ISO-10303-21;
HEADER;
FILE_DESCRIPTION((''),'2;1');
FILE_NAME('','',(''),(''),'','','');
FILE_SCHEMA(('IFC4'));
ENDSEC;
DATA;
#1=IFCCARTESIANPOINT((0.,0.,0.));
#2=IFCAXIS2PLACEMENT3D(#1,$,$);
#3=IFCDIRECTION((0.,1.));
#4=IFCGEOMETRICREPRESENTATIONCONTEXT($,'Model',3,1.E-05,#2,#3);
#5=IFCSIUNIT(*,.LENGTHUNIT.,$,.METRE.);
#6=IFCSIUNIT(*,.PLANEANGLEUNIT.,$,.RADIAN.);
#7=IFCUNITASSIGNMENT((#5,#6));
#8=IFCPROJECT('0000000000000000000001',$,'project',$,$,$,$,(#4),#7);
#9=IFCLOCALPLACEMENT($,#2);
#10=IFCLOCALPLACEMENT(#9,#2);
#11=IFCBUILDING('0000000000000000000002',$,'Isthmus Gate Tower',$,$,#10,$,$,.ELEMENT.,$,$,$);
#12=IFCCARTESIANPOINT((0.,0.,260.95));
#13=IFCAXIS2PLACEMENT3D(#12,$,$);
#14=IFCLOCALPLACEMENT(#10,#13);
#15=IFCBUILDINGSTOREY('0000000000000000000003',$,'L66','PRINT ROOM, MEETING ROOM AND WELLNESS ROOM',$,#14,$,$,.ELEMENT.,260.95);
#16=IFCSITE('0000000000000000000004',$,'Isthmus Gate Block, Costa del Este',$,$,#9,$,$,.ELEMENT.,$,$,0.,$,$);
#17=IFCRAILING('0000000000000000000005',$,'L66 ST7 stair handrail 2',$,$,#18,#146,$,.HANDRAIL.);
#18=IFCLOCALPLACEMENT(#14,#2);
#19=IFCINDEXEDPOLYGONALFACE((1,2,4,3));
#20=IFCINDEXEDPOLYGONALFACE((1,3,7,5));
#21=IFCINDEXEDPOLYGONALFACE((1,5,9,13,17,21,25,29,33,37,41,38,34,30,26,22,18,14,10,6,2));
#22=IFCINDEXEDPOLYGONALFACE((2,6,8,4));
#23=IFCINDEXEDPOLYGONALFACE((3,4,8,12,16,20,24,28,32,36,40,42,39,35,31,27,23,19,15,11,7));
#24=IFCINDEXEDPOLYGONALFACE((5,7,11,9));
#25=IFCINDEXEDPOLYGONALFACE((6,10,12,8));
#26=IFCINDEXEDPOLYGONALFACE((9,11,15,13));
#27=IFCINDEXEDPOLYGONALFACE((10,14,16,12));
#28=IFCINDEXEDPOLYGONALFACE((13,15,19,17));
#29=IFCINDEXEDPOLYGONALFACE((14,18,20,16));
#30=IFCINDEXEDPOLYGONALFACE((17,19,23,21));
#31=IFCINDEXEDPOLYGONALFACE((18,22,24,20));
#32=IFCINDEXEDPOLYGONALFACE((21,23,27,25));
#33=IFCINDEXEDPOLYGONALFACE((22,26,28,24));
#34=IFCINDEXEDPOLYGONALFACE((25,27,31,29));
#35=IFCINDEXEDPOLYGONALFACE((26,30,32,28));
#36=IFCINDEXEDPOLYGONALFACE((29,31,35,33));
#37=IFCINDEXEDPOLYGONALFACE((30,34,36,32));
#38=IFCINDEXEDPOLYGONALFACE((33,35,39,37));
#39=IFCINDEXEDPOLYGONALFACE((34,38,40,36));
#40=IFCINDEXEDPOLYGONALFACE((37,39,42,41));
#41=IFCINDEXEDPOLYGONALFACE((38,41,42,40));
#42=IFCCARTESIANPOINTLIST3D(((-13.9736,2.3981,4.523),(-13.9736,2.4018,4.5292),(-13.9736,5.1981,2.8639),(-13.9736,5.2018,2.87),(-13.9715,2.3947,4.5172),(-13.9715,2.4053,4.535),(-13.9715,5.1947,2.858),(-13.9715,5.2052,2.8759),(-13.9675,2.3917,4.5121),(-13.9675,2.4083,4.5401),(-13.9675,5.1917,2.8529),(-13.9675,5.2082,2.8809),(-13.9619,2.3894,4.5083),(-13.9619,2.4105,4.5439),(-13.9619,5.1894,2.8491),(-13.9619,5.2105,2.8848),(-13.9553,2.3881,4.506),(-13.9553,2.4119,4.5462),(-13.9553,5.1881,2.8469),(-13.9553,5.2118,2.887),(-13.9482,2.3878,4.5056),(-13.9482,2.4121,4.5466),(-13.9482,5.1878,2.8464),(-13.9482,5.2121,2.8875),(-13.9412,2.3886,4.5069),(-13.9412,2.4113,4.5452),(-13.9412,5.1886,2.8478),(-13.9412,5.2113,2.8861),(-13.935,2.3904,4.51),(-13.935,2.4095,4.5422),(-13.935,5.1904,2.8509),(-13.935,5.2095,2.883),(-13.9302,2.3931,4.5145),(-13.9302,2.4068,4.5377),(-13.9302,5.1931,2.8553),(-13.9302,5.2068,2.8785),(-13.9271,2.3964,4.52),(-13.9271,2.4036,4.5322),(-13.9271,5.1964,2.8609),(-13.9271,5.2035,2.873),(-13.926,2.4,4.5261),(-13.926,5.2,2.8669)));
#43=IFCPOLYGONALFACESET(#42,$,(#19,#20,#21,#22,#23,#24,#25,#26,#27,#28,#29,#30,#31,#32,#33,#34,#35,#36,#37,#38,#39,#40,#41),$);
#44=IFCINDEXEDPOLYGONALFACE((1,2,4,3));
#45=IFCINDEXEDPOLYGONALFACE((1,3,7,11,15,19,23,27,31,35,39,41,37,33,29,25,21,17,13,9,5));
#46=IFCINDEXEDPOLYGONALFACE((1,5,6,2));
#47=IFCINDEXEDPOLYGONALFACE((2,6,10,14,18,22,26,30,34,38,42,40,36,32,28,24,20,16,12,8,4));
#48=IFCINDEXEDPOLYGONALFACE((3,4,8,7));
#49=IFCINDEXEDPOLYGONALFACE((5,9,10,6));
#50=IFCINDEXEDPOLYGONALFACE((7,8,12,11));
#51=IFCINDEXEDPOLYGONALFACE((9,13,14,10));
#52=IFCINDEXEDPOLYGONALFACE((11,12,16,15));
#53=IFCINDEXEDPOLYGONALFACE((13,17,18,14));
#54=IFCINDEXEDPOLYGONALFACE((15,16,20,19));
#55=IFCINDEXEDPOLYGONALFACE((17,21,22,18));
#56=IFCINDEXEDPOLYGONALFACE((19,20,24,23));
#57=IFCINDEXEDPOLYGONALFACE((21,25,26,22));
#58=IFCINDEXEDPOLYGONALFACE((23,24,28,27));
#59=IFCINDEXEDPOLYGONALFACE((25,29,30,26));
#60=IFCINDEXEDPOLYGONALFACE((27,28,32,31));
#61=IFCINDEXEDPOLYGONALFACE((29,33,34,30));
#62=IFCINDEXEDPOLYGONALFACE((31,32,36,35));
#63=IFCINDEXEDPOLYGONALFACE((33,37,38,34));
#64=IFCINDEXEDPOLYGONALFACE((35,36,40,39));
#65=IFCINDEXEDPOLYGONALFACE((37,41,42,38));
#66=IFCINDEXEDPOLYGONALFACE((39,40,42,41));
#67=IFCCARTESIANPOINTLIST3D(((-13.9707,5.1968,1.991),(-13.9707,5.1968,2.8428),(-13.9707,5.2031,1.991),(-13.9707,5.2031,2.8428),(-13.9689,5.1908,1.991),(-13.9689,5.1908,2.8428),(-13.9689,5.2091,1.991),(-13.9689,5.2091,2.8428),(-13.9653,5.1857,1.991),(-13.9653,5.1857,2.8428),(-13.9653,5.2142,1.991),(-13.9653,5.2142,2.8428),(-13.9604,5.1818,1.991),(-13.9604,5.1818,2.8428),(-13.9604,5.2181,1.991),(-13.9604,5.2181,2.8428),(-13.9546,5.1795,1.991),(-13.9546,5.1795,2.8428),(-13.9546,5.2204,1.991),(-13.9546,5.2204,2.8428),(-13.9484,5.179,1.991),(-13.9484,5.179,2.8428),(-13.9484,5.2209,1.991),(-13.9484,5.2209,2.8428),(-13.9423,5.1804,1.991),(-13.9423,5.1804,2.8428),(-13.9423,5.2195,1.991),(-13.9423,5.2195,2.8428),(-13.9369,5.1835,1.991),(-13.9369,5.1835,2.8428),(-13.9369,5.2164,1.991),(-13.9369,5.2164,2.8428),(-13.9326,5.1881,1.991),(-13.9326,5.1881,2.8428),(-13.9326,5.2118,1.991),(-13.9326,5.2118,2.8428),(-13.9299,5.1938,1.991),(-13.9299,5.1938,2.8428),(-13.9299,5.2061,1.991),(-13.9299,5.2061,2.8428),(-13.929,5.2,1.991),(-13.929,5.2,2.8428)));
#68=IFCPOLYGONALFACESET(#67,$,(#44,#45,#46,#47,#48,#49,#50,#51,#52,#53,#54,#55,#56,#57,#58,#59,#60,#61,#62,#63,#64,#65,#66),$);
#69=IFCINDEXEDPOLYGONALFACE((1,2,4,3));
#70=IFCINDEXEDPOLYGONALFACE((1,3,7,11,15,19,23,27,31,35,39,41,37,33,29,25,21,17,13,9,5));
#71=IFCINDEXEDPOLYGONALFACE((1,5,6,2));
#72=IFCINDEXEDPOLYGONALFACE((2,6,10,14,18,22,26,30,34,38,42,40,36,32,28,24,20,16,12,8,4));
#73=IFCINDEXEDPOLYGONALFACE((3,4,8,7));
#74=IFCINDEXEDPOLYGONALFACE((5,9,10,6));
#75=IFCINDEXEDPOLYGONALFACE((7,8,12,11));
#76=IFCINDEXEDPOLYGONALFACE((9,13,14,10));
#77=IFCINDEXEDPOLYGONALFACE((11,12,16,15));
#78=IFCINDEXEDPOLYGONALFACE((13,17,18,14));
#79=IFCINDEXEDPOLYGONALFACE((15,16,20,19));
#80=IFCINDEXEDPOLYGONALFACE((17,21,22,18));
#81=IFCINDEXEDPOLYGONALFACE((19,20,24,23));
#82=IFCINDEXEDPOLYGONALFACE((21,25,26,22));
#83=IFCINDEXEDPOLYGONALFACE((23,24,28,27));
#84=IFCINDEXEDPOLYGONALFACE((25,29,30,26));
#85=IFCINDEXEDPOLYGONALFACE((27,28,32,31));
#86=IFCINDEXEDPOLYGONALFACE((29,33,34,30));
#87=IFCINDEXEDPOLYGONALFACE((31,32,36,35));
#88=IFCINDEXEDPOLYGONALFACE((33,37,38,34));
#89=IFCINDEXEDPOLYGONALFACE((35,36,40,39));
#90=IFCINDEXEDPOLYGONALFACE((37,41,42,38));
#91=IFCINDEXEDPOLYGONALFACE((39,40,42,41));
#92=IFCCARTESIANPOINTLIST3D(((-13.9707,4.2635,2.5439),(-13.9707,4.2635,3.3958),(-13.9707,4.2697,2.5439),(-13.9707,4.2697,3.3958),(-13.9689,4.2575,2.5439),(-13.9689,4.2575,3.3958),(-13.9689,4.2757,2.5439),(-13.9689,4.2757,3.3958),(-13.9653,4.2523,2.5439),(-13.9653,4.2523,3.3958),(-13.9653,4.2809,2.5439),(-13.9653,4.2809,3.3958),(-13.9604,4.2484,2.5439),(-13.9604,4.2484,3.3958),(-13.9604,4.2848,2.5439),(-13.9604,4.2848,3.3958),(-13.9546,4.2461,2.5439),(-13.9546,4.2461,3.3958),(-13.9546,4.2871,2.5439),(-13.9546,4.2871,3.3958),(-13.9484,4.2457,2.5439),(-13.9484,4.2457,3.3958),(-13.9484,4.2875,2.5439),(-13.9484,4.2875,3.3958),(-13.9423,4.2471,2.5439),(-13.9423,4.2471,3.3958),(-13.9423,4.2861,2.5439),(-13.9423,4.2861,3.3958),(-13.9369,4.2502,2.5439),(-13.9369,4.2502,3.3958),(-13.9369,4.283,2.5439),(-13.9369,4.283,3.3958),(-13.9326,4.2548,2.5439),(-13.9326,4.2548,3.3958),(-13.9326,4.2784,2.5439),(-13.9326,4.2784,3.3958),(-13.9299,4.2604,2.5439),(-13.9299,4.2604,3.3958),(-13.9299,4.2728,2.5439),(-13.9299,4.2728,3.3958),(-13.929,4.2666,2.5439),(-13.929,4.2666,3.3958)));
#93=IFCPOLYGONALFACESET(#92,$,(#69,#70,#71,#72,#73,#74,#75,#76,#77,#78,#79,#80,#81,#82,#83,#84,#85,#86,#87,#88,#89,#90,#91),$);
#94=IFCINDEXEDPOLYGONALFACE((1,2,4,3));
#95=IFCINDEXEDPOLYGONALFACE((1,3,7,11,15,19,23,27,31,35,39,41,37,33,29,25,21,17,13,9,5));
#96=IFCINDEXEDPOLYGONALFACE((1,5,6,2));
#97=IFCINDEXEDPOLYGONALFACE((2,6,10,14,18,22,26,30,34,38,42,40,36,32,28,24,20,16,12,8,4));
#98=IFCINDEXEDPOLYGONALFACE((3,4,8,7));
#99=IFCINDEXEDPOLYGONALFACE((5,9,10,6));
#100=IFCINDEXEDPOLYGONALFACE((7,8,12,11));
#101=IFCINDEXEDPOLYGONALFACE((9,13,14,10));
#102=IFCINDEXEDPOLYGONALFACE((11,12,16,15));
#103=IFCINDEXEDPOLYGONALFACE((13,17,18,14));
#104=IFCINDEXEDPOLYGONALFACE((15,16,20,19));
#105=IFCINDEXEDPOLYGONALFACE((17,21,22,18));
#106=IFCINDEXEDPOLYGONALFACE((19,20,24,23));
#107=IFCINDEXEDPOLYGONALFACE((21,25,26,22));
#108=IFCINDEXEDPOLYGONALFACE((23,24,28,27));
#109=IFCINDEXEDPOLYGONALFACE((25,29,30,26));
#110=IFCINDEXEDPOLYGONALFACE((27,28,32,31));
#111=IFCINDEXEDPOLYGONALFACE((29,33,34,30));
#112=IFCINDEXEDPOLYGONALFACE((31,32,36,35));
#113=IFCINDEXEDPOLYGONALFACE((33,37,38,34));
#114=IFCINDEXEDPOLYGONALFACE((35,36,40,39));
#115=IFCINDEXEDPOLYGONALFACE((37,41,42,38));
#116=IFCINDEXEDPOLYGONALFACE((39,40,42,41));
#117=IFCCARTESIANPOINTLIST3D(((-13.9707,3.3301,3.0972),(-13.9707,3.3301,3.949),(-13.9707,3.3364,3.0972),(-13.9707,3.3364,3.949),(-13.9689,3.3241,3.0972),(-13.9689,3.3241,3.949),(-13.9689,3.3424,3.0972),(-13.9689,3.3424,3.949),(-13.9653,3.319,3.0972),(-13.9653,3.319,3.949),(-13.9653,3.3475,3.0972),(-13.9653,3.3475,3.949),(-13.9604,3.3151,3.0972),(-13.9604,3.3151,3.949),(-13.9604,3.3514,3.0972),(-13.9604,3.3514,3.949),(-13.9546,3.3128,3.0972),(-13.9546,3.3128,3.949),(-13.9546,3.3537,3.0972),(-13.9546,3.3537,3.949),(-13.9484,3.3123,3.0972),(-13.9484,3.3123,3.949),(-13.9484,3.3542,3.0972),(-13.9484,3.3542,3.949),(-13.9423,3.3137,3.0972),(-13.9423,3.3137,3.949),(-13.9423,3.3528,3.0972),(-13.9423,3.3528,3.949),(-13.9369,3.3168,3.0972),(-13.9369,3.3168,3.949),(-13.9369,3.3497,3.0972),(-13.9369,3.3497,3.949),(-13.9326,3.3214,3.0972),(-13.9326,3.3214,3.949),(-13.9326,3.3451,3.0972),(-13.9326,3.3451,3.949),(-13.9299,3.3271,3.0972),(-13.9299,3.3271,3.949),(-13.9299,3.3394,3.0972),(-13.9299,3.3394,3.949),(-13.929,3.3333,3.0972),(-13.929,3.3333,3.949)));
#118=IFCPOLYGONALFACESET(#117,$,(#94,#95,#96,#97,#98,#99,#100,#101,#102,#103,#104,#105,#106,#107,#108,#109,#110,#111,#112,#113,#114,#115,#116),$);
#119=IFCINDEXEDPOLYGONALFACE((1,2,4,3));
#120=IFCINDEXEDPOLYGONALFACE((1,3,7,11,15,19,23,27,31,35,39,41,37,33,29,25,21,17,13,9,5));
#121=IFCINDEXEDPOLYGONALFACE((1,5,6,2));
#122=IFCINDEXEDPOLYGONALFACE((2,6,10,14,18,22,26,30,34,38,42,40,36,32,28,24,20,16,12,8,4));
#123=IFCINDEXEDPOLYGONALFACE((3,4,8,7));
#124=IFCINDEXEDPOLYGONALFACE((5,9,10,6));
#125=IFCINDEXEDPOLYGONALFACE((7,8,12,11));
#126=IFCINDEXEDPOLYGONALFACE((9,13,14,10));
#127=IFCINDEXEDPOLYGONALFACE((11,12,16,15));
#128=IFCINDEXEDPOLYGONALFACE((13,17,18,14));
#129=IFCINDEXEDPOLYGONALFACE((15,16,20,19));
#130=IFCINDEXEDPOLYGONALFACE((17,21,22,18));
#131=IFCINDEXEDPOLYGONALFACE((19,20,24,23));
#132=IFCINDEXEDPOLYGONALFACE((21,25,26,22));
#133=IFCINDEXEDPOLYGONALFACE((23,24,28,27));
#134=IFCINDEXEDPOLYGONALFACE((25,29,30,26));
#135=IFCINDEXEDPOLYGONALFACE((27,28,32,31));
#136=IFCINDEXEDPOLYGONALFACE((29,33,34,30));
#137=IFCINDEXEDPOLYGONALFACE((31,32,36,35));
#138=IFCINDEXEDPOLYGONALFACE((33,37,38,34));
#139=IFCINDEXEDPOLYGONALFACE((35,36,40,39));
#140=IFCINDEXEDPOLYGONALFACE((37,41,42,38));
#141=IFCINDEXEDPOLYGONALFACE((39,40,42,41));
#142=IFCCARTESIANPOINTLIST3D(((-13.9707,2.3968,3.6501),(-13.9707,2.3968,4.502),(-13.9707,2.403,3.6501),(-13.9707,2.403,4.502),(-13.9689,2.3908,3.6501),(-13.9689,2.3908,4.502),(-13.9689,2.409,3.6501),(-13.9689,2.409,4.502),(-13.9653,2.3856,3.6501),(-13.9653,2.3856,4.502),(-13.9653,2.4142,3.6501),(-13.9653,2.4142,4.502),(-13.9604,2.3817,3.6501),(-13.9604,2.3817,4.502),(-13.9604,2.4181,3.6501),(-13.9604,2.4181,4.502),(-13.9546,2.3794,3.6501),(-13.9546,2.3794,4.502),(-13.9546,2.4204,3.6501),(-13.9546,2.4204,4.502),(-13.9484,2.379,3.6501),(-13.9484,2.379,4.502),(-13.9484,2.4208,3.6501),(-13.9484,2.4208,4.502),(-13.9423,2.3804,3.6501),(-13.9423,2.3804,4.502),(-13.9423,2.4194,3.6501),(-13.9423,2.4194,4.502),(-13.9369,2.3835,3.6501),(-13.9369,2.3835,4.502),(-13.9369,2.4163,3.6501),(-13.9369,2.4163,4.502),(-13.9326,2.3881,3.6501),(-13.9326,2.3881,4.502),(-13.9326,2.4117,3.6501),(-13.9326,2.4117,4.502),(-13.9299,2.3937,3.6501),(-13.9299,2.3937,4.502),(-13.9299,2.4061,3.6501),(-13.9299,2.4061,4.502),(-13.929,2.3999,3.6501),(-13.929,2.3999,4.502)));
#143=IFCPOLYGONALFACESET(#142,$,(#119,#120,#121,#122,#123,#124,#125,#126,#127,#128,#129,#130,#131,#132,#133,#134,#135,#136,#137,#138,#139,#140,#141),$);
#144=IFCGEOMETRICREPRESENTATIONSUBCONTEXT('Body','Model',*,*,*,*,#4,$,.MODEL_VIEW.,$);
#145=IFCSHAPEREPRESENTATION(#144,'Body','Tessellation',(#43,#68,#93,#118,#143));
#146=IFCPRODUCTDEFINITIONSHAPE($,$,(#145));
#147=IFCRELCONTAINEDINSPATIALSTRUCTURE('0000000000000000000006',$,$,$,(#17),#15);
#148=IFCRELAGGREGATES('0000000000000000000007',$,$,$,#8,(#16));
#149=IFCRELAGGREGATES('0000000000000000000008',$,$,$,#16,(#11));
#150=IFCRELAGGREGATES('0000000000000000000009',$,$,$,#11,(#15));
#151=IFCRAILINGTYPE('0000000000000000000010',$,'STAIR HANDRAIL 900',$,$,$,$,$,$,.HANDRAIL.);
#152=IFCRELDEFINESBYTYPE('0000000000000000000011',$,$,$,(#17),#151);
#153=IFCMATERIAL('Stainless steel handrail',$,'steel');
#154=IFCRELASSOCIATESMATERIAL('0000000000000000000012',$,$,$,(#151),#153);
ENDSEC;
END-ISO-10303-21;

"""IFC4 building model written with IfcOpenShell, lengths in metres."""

from ifc_helpers import new_model, si_unit, direction, frame, origin, origin_2d, place, context, subcontext, project, spatial, circle, extrude, material, type_object, element, save


model = new_model("IFC4")

# Units and contexts
model_context = context("Model", 3, precision=1e-05, world=origin(), true_north=direction((0.0, 1.0)))
body_context = subcontext(model_context, "Body", "Model", "MODEL_VIEW")
ifc_project = project(units=[si_unit("LENGTHUNIT", "METRE"), si_unit("PLANEANGLEUNIT", "RADIAN")], contexts=[model_context])

# Site, building, storey
site_placement = place(None, origin())
site = spatial("IfcSite", under=ifc_project, at=site_placement, Name="Isthmus Gate Block, Costa del Este", CompositionType="ELEMENT", RefElevation=0.0)
building_placement = place(site_placement, origin())
building = spatial("IfcBuilding", under=site, at=building_placement, Name="Isthmus Gate Tower", CompositionType="ELEMENT")
storey_placement = place(building_placement, frame((0.0, 0.0, 260.95)))
storey = spatial("IfcBuildingStorey", under=building, at=storey_placement, Name="L66", Description="PRINT ROOM, MEETING ROOM AND WELLNESS ROOM", CompositionType="ELEMENT", Elevation=260.95)

# Railing
ifc_material_1 = material(Name="Stainless steel handrail", Category="steel")
railing_type = type_object("IfcRailingType", Name="STAIR HANDRAIL 900", PredefinedType="HANDRAIL", material=ifc_material_1)
railing_placement = place(storey_placement, frame((-13.95, 5.2, 1.991)))
element("IfcRailing", 1, at=railing_placement, inside=storey, type_object=railing_type, Name="L66 ST7 stair handrail 2", PredefinedType="HANDRAIL", context=body_context, shape_type="SweptSolid", body=[
    extrude(circle(Radius=0.0239, at=origin_2d()), frame((0.0, 0.0, 0.876), z_axis=(0.0, -0.860306, 0.509778), x_axis=(1.0, 0.0, 0.0)), (0.0, 0.0, 1.0), 3.2546),
    extrude(circle(Radius=0.021, at=origin_2d()), origin(), (0.0, 0.0, 1.0), 0.8518),
    extrude(circle(Radius=0.021, at=origin_2d()), frame((0.0, -0.9333, 0.553)), (0.0, 0.0, 1.0), 0.8518),
    extrude(circle(Radius=0.021, at=origin_2d()), frame((0.0, -1.8667, 1.1062)), (0.0, 0.0, 1.0), 0.8518),
    extrude(circle(Radius=0.021, at=origin_2d()), frame((0.0, -2.8, 1.6592)), (0.0, 0.0, 1.0), 0.8518),
])

save(model, "model.ifc")
